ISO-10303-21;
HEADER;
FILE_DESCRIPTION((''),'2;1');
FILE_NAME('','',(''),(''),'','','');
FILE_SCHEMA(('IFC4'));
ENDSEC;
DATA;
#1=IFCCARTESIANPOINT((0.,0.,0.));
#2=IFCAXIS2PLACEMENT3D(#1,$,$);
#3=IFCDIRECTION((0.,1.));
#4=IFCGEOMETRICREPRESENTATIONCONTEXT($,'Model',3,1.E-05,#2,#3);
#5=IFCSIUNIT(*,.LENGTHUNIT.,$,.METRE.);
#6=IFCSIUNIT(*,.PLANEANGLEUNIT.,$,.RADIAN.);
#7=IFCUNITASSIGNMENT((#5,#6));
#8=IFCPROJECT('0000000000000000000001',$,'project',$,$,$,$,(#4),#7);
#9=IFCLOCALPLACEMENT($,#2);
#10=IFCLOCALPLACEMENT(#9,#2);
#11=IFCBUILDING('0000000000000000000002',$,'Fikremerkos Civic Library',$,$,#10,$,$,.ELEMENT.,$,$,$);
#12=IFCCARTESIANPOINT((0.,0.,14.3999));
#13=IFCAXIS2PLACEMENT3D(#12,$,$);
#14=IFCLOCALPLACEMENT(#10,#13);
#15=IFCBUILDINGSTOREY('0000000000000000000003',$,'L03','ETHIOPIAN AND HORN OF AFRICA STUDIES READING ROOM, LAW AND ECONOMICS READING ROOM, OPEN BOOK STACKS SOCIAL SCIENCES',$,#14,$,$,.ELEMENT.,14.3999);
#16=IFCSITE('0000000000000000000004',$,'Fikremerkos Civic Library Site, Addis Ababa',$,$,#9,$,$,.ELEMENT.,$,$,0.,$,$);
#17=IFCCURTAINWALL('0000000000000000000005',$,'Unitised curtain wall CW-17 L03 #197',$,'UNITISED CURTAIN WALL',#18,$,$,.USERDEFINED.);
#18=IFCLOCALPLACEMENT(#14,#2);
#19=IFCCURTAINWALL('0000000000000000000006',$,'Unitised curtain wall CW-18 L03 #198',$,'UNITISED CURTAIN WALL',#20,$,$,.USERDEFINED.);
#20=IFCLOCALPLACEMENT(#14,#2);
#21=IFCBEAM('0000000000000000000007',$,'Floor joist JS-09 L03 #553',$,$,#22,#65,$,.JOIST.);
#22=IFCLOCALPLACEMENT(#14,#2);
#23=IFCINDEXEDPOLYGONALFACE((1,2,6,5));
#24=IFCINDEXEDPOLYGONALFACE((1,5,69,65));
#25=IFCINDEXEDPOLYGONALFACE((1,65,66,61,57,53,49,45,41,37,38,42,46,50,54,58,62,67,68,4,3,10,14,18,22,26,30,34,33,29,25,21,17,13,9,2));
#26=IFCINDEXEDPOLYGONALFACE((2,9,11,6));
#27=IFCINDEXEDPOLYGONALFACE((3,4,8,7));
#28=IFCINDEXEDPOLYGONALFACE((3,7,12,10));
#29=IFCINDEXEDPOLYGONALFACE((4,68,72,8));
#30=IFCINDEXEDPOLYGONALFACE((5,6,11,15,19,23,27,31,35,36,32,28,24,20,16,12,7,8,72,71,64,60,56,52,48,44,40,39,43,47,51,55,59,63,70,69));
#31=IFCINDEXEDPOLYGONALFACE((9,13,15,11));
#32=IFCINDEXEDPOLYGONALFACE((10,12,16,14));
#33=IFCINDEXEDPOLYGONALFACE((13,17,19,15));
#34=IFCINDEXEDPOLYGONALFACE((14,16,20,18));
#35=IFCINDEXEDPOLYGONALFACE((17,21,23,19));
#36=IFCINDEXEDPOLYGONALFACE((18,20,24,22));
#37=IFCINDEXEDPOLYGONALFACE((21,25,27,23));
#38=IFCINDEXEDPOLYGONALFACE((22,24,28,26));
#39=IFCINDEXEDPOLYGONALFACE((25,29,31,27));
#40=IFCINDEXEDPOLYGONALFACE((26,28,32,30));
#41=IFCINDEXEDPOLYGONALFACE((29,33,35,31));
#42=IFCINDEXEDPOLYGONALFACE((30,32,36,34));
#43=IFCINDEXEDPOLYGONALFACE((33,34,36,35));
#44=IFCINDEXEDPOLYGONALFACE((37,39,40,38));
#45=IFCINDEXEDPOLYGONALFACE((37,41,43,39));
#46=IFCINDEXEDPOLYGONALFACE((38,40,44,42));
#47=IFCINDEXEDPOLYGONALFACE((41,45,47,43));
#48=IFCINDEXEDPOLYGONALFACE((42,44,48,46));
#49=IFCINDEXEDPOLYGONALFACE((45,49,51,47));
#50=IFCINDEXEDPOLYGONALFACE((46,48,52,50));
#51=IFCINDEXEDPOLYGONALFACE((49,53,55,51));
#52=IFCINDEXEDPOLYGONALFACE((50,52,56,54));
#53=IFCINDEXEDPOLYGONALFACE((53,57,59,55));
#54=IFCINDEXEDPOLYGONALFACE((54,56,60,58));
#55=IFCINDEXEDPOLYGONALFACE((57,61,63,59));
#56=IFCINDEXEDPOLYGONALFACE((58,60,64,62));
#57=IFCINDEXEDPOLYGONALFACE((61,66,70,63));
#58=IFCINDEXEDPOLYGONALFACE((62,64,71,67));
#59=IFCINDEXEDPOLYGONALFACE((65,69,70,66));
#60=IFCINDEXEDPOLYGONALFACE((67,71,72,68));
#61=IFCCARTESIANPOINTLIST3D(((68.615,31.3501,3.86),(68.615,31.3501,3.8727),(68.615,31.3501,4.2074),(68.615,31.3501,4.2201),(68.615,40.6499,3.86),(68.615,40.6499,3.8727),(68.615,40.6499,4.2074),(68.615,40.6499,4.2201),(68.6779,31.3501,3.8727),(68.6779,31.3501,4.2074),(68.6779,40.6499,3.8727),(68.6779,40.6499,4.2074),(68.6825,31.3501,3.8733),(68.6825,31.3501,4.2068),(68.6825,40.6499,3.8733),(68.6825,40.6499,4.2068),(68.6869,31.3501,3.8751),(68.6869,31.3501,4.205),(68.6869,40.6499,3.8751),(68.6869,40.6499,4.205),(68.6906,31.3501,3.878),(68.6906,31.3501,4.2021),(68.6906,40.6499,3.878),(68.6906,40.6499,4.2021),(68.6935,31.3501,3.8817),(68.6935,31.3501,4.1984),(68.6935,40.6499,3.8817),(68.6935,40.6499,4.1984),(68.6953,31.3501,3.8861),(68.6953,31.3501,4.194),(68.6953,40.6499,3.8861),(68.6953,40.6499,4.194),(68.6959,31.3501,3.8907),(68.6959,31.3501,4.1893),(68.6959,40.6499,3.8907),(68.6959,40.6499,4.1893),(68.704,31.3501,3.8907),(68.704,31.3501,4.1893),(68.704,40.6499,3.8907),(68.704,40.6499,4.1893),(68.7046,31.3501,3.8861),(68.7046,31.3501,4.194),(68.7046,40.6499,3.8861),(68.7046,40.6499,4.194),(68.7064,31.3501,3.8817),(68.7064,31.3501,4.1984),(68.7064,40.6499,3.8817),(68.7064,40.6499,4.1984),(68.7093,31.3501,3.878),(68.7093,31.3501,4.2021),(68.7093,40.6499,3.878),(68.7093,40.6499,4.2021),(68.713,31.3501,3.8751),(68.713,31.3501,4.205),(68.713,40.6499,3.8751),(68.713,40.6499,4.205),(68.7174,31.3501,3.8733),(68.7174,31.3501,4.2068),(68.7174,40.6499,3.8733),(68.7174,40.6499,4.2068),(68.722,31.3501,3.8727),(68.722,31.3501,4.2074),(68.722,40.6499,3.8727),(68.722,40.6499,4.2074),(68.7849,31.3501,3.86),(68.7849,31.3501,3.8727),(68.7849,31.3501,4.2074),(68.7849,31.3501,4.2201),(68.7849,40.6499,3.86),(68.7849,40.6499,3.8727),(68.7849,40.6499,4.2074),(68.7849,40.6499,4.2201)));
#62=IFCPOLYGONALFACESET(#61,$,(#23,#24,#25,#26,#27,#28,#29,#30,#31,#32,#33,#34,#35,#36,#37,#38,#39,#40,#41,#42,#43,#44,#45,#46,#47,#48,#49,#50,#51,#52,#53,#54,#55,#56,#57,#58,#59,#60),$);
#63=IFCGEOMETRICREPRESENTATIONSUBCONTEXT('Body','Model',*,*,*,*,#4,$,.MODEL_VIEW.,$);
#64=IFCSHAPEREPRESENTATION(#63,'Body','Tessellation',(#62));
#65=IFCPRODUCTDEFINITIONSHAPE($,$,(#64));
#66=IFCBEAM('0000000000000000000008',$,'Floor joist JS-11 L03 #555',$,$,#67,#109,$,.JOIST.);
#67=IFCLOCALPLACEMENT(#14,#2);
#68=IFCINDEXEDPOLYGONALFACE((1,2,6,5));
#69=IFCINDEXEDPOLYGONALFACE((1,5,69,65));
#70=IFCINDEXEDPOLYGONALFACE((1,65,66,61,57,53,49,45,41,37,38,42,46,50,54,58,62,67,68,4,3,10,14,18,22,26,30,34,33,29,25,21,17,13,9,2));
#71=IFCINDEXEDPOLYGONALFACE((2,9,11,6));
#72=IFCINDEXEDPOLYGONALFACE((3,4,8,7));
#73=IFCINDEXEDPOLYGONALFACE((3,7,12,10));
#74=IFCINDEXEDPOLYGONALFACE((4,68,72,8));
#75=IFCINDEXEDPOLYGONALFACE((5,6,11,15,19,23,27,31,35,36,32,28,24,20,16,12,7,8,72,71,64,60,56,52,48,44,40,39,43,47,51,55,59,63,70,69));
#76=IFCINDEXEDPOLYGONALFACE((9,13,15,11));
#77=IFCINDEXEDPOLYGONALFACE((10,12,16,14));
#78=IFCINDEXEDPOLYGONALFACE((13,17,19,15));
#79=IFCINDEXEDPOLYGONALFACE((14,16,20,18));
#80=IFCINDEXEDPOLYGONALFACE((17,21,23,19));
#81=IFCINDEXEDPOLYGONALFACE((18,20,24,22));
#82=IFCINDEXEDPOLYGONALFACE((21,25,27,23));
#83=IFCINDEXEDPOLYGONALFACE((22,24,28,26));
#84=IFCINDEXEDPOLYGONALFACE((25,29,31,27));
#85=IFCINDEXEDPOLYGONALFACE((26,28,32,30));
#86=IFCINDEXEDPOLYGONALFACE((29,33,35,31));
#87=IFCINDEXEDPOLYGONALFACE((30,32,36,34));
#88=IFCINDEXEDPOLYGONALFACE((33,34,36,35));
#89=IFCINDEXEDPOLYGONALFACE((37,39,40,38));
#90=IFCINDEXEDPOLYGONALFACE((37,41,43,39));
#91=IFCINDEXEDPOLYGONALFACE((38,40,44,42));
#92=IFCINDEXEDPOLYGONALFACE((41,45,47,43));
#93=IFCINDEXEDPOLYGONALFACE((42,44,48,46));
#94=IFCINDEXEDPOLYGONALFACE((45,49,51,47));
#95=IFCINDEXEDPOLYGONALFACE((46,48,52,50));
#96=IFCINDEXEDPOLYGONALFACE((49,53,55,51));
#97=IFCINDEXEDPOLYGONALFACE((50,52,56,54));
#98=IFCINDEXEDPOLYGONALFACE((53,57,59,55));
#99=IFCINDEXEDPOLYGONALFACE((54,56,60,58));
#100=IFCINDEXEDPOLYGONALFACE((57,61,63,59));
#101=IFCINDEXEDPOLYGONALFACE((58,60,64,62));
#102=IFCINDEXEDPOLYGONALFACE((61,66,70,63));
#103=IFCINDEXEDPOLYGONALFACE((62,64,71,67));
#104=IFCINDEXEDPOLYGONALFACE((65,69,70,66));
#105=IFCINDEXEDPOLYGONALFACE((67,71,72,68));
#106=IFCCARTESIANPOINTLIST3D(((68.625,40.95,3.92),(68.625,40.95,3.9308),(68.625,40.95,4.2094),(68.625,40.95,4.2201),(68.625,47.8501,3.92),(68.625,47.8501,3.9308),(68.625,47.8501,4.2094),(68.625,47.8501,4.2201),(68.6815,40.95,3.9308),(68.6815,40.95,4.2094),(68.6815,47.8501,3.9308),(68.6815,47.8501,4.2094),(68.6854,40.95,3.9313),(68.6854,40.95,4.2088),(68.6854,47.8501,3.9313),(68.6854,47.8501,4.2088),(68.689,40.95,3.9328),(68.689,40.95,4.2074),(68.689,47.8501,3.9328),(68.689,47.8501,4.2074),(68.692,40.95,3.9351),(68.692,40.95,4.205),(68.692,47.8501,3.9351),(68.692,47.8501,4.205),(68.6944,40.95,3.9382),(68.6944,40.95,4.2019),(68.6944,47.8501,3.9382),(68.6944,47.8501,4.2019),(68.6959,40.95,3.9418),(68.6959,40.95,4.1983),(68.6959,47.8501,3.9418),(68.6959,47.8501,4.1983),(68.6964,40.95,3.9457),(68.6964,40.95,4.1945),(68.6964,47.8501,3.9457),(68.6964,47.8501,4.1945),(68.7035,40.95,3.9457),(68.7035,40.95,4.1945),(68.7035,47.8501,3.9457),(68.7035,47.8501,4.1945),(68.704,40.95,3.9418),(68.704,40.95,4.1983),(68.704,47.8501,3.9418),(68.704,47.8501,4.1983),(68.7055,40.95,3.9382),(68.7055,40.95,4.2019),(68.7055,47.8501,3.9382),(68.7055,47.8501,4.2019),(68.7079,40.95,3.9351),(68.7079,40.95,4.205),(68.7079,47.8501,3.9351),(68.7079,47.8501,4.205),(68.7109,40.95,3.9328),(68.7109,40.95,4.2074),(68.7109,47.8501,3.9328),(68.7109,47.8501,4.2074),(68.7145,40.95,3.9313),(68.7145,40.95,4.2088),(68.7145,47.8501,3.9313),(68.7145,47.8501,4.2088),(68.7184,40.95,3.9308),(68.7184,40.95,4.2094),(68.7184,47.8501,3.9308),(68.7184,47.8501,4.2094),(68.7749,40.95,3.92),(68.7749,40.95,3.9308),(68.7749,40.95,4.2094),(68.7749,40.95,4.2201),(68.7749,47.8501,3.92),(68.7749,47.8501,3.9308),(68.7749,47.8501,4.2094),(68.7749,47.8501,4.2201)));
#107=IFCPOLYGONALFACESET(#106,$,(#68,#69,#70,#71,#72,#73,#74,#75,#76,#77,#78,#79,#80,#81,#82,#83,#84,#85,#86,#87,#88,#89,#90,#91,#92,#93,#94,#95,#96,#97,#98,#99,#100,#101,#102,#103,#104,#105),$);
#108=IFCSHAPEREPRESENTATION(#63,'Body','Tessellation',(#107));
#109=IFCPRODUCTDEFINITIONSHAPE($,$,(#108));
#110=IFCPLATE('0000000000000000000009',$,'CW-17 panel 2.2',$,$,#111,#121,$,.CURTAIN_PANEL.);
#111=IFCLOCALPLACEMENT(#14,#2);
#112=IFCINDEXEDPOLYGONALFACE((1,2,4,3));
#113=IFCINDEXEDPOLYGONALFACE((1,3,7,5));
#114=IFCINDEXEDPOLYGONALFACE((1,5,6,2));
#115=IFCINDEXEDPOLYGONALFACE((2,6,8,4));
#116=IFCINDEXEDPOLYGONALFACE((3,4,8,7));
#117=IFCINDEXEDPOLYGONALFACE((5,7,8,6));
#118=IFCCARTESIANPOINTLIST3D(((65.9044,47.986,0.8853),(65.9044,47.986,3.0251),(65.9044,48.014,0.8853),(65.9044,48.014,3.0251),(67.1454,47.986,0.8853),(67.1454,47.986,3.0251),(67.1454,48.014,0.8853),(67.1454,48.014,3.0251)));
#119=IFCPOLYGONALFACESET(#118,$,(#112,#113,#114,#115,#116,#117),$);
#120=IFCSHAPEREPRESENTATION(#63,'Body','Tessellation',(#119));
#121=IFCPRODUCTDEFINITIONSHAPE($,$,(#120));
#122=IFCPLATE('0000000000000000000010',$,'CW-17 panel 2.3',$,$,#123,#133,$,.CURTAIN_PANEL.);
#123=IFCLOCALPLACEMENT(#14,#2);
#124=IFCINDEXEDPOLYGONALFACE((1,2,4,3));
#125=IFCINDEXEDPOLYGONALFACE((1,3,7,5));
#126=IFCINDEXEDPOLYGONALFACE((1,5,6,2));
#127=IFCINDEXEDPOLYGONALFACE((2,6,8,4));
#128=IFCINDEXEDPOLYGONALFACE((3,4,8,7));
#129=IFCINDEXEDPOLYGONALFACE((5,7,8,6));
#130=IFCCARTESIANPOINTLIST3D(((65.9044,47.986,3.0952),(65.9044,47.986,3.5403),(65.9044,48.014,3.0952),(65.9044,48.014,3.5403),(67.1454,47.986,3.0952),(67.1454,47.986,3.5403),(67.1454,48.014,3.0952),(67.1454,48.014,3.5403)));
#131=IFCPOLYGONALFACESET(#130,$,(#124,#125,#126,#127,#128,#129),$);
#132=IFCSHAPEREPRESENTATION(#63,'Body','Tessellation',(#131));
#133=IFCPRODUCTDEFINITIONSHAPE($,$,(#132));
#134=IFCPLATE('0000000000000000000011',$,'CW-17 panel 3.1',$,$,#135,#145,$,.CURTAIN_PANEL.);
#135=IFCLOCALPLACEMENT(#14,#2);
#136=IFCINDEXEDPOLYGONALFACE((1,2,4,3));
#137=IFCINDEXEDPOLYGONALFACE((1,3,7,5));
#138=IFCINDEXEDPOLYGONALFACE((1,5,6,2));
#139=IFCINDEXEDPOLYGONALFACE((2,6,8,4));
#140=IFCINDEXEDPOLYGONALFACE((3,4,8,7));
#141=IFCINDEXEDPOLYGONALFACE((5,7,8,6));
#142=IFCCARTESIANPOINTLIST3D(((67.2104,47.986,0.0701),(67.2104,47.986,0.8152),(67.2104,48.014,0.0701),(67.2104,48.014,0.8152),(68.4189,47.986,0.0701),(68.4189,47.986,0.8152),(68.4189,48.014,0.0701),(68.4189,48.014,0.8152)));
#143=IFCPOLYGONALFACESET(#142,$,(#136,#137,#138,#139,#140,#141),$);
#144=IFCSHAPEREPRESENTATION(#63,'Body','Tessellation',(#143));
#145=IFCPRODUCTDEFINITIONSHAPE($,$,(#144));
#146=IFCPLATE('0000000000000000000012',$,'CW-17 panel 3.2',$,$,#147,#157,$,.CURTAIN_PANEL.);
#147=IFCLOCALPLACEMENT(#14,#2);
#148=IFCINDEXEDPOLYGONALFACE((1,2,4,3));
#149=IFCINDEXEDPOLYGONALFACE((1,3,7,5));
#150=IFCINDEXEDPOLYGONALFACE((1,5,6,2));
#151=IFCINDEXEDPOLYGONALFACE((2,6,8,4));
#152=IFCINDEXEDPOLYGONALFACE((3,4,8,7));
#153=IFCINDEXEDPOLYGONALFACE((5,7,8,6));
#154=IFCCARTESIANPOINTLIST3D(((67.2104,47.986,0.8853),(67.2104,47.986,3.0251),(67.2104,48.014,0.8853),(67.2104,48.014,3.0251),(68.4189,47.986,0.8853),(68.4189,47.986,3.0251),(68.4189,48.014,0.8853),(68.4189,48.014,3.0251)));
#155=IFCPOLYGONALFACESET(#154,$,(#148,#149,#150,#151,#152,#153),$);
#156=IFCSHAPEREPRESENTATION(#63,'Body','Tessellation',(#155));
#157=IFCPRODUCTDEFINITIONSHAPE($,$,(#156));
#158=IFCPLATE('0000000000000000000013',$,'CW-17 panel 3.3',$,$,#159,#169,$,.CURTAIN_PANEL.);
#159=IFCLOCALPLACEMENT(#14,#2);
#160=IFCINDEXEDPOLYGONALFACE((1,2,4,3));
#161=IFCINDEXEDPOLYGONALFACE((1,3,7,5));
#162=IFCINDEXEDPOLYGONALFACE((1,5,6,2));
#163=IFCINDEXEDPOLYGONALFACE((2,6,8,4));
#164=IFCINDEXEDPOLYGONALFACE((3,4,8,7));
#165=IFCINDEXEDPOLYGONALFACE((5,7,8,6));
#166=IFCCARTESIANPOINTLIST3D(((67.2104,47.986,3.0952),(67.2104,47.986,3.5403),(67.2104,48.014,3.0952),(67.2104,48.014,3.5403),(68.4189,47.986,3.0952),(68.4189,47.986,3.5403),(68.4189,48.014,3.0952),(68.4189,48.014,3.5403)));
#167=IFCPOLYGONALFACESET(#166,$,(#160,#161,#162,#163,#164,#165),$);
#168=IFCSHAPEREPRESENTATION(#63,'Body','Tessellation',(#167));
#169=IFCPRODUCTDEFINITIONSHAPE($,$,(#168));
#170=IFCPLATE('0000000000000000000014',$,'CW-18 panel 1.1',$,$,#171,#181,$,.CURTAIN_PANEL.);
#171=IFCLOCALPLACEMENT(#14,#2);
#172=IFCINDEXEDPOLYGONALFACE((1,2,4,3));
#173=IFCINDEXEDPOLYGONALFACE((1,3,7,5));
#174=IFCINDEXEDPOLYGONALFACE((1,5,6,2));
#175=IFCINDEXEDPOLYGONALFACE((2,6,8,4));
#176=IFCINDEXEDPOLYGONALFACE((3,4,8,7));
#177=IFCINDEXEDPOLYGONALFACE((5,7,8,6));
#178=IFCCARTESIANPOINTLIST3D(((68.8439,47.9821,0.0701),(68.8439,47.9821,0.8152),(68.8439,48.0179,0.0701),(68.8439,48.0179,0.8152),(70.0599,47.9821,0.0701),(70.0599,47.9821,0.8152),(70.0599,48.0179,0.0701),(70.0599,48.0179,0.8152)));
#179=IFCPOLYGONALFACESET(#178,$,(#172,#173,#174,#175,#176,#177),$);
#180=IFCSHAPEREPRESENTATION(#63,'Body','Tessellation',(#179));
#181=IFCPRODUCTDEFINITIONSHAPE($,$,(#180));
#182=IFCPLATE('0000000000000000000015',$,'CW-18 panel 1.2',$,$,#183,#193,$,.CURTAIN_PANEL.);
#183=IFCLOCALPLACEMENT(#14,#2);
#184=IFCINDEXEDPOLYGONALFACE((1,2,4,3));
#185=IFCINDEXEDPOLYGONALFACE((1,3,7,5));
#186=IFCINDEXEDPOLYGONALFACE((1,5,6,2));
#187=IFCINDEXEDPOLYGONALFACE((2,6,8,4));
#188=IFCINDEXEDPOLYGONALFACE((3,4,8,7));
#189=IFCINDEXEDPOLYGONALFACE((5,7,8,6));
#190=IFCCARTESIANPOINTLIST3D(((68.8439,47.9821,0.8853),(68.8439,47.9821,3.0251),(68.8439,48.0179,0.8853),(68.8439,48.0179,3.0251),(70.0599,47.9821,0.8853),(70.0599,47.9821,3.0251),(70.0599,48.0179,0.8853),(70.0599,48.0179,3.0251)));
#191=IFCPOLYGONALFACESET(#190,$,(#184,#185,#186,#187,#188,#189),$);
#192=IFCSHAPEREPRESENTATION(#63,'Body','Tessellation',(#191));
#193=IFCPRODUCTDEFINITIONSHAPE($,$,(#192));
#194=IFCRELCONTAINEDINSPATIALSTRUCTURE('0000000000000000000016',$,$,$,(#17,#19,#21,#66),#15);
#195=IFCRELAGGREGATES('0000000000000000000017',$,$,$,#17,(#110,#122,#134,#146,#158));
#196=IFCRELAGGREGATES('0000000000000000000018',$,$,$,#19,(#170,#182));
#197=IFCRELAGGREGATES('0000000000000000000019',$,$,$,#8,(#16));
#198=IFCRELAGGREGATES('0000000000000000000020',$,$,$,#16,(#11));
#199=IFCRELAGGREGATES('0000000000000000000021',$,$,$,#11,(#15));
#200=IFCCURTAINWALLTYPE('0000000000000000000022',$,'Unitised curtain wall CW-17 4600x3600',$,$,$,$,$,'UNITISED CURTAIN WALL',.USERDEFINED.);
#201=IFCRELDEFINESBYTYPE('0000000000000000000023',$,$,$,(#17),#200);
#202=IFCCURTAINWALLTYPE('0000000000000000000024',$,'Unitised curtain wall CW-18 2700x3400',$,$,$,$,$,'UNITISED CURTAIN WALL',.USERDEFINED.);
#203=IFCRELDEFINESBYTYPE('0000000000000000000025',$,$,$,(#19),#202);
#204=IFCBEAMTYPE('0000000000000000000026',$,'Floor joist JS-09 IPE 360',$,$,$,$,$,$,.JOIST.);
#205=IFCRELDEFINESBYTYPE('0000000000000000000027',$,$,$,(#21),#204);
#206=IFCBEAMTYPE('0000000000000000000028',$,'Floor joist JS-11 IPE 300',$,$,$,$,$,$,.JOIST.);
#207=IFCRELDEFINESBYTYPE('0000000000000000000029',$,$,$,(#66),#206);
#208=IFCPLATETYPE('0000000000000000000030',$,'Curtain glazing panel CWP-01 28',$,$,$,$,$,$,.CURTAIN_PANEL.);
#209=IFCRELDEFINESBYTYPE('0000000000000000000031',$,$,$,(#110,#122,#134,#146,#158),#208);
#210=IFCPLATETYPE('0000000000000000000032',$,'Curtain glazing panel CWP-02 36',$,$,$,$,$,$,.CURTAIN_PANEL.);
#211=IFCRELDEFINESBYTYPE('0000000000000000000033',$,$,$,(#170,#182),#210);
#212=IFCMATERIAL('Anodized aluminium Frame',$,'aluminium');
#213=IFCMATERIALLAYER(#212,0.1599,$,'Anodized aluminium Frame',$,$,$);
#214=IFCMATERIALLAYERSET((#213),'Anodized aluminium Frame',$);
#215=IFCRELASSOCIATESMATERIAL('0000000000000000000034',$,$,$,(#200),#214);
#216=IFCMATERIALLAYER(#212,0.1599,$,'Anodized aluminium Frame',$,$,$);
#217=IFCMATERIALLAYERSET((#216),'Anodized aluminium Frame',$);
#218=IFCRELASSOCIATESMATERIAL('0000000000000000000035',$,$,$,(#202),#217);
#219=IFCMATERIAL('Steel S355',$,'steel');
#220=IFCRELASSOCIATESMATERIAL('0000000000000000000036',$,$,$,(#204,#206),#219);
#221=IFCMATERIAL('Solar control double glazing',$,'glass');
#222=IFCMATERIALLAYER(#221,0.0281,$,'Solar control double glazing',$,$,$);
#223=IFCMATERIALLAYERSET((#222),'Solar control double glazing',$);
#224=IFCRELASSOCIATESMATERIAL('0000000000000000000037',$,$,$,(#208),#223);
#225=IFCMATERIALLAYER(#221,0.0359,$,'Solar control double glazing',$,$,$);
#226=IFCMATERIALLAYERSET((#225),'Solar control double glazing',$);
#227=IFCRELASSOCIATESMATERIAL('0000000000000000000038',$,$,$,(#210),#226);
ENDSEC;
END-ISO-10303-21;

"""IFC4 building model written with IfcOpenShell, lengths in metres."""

from ifc_helpers import new_model, si_unit, direction, frame, origin, origin_2d, place, context, subcontext, project, spatial, rectangle, i_section, extrude, material, layer, layer_set, material_profile, profile_set, type_object, element, aggregate, save


model = new_model("IFC4")

# Units and contexts
model_context = context("Model", 3, precision=1e-05, world=origin(), true_north=direction((0.0, 1.0)))
body_context = subcontext(model_context, "Body", "Model", "MODEL_VIEW")
ifc_project = project(units=[si_unit("LENGTHUNIT", "METRE"), si_unit("PLANEANGLEUNIT", "RADIAN")], contexts=[model_context])

# Site, building, storey
site_placement = place(None, origin())
site = spatial("IfcSite", under=ifc_project, at=site_placement, Name="Fikremerkos Civic Library Site, Addis Ababa", CompositionType="ELEMENT", RefElevation=0.0)
building_placement = place(site_placement, origin())
building = spatial("IfcBuilding", under=site, at=building_placement, Name="Fikremerkos Civic Library", CompositionType="ELEMENT")
storey_placement = place(building_placement, frame((0.0, 0.0, 14.3999)))
storey = spatial("IfcBuildingStorey", under=building, at=storey_placement, Name="L03", Description="ETHIOPIAN AND HORN OF AFRICA STUDIES READING ROOM, LAW AND ECONOMICS READING ROOM, OPEN BOOK STACKS SOCIAL SCIENCES", CompositionType="ELEMENT", Elevation=14.3999)

# Curtain walls
ifc_material_1 = material(Name="Anodized aluminium Frame", Category="aluminium")
ifc_layer_1 = layer(ifc_material_1, 0.1599, Name="Anodized aluminium Frame")
ifc_layer_set_1 = layer_set([ifc_layer_1], Name="Anodized aluminium Frame")
curtain_wall_type_1 = type_object("IfcCurtainWallType", Name="Unitised curtain wall CW-17 4600x3600", ElementType="UNITISED CURTAIN WALL", PredefinedType="USERDEFINED", material=ifc_layer_set_1)
curtain_wall_1_placement = place(storey_placement, origin())
curtain_wall_1 = element("IfcCurtainWall", 1, at=curtain_wall_1_placement, inside=storey, type_object=curtain_wall_type_1, Name="Unitised curtain wall CW-17 L03 #197", ObjectType="UNITISED CURTAIN WALL", PredefinedType="USERDEFINED")
ifc_layer_2 = layer(ifc_material_1, 0.1599, Name="Anodized aluminium Frame")
ifc_layer_set_2 = layer_set([ifc_layer_2], Name="Anodized aluminium Frame")
curtain_wall_type_2 = type_object("IfcCurtainWallType", Name="Unitised curtain wall CW-18 2700x3400", ElementType="UNITISED CURTAIN WALL", PredefinedType="USERDEFINED", material=ifc_layer_set_2)
curtain_wall_2_placement = place(storey_placement, origin())
curtain_wall_2 = element("IfcCurtainWall", 2, at=curtain_wall_2_placement, inside=storey, type_object=curtain_wall_type_2, Name="Unitised curtain wall CW-18 L03 #198", ObjectType="UNITISED CURTAIN WALL", PredefinedType="USERDEFINED")

# Beams
ifc_material_2 = material(Name="Steel S355", Category="steel")
ifc_material_profile_1 = material_profile(ifc_material_2, i_section(OverallWidth=0.1699, OverallDepth=0.3601, WebThickness=0.0081, FlangeThickness=0.0127, FilletRadius=0.0181, at=origin_2d()), Name="IPE 360")
ifc_profile_set_1 = profile_set([ifc_material_profile_1], Name="Steel S355")
beam_type_1 = type_object("IfcBeamType", Name="Floor joist JS-09 IPE 360", PredefinedType="JOIST", material=ifc_profile_set_1)
beam_1_placement = place(storey_placement, frame((68.7, 31.3501, 4.04), z_axis=(0.0, 1.0, 0.0), x_axis=(-1.0, 0.0, 0.0)))
element("IfcBeam", 3, at=beam_1_placement, inside=storey, type_object=beam_type_1, Name="Floor joist JS-09 L03 #553", PredefinedType="JOIST", context=body_context, shape_type="SweptSolid", body=[
    extrude(i_section(OverallWidth=0.1699, OverallDepth=0.3601, WebThickness=0.0081, FlangeThickness=0.0127, FilletRadius=0.0181, at=origin_2d()), origin(), (0.0, 0.0, 1.0), 9.2998),
])
ifc_material_profile_2 = material_profile(ifc_material_2, i_section(OverallWidth=0.1499, OverallDepth=0.3, WebThickness=0.0071, FlangeThickness=0.0107, FilletRadius=0.0149, at=origin_2d()), Name="IPE 300")
ifc_profile_set_2 = profile_set([ifc_material_profile_2], Name="Steel S355")
beam_type_2 = type_object("IfcBeamType", Name="Floor joist JS-11 IPE 300", PredefinedType="JOIST", material=ifc_profile_set_2)
beam_2_placement = place(storey_placement, frame((68.7, 40.95, 4.0701), z_axis=(0.0, 1.0, 0.0), x_axis=(-1.0, 0.0, 0.0)))
element("IfcBeam", 4, at=beam_2_placement, inside=storey, type_object=beam_type_2, Name="Floor joist JS-11 L03 #555", PredefinedType="JOIST", context=body_context, shape_type="SweptSolid", body=[
    extrude(i_section(OverallWidth=0.1499, OverallDepth=0.3, WebThickness=0.0071, FlangeThickness=0.0107, FilletRadius=0.0149, at=origin_2d()), origin(), (0.0, 0.0, 1.0), 6.9001),
])

# Plates
ifc_material_3 = material(Name="Solar control double glazing", Category="glass")
ifc_layer_3 = layer(ifc_material_3, 0.0281, Name="Solar control double glazing")
ifc_layer_set_3 = layer_set([ifc_layer_3], Name="Solar control double glazing")
plate_type_1 = type_object("IfcPlateType", Name="Curtain glazing panel CWP-01 28", PredefinedType="CURTAIN_PANEL", material=ifc_layer_set_3)
plate_1_placement = place(storey_placement, frame((66.5249, 48.0, 0.8853), z_axis=(0.0, 0.0, 1.0), x_axis=(1.0, 0.0, 0.0)))
plate_1 = element("IfcPlate", 5, at=plate_1_placement, type_object=plate_type_1, Name="CW-17 panel 2.2", PredefinedType="CURTAIN_PANEL", context=body_context, shape_type="SweptSolid", body=[
    extrude(rectangle(XDim=1.241, YDim=0.0281, at=origin_2d()), origin(), (0.0, 0.0, 1.0), 2.1399),
])
plate_2_placement = place(storey_placement, frame((66.5249, 48.0, 3.0952), z_axis=(0.0, 0.0, 1.0), x_axis=(1.0, 0.0, 0.0)))
plate_2 = element("IfcPlate", 6, at=plate_2_placement, type_object=plate_type_1, Name="CW-17 panel 2.3", PredefinedType="CURTAIN_PANEL", context=body_context, shape_type="SweptSolid", body=[
    extrude(rectangle(XDim=1.241, YDim=0.0281, at=origin_2d()), origin(), (0.0, 0.0, 1.0), 0.4451),
])
plate_3_placement = place(storey_placement, frame((67.8147, 48.0, 0.0701), z_axis=(0.0, 0.0, 1.0), x_axis=(1.0, 0.0, 0.0)))
plate_3 = element("IfcPlate", 7, at=plate_3_placement, type_object=plate_type_1, Name="CW-17 panel 3.1", PredefinedType="CURTAIN_PANEL", context=body_context, shape_type="SweptSolid", body=[
    extrude(rectangle(XDim=1.2085, YDim=0.0281, at=origin_2d()), origin(), (0.0, 0.0, 1.0), 0.7451),
])
plate_4_placement = place(storey_placement, frame((67.8147, 48.0, 0.8853), z_axis=(0.0, 0.0, 1.0), x_axis=(1.0, 0.0, 0.0)))
plate_4 = element("IfcPlate", 8, at=plate_4_placement, type_object=plate_type_1, Name="CW-17 panel 3.2", PredefinedType="CURTAIN_PANEL", context=body_context, shape_type="SweptSolid", body=[
    extrude(rectangle(XDim=1.2085, YDim=0.0281, at=origin_2d()), origin(), (0.0, 0.0, 1.0), 2.1399),
])
plate_5_placement = place(storey_placement, frame((67.8147, 48.0, 3.0952), z_axis=(0.0, 0.0, 1.0), x_axis=(1.0, 0.0, 0.0)))
plate_5 = element("IfcPlate", 9, at=plate_5_placement, type_object=plate_type_1, Name="CW-17 panel 3.3", PredefinedType="CURTAIN_PANEL", context=body_context, shape_type="SweptSolid", body=[
    extrude(rectangle(XDim=1.2085, YDim=0.0281, at=origin_2d()), origin(), (0.0, 0.0, 1.0), 0.4451),
])
aggregate(curtain_wall_1, [plate_1, plate_2, plate_3, plate_4, plate_5])
ifc_layer_4 = layer(ifc_material_3, 0.0359, Name="Solar control double glazing")
ifc_layer_set_4 = layer_set([ifc_layer_4], Name="Solar control double glazing")
plate_type_2 = type_object("IfcPlateType", Name="Curtain glazing panel CWP-02 36", PredefinedType="CURTAIN_PANEL", material=ifc_layer_set_4)
plate_6_placement = place(storey_placement, frame((69.4519, 48.0, 0.0701), z_axis=(0.0, 0.0, 1.0), x_axis=(1.0, 0.0, 0.0)))
plate_6 = element("IfcPlate", 10, at=plate_6_placement, type_object=plate_type_2, Name="CW-18 panel 1.1", PredefinedType="CURTAIN_PANEL", context=body_context, shape_type="SweptSolid", body=[
    extrude(rectangle(XDim=1.2161, YDim=0.0359, at=origin_2d()), origin(), (0.0, 0.0, 1.0), 0.7451),
])
plate_7_placement = place(storey_placement, frame((69.4519, 48.0, 0.8853), z_axis=(0.0, 0.0, 1.0), x_axis=(1.0, 0.0, 0.0)))
plate_7 = element("IfcPlate", 11, at=plate_7_placement, type_object=plate_type_2, Name="CW-18 panel 1.2", PredefinedType="CURTAIN_PANEL", context=body_context, shape_type="SweptSolid", body=[
    extrude(rectangle(XDim=1.2161, YDim=0.0359, at=origin_2d()), origin(), (0.0, 0.0, 1.0), 2.1399),
])
aggregate(curtain_wall_2, [plate_6, plate_7])

save(model, "model.ifc")
